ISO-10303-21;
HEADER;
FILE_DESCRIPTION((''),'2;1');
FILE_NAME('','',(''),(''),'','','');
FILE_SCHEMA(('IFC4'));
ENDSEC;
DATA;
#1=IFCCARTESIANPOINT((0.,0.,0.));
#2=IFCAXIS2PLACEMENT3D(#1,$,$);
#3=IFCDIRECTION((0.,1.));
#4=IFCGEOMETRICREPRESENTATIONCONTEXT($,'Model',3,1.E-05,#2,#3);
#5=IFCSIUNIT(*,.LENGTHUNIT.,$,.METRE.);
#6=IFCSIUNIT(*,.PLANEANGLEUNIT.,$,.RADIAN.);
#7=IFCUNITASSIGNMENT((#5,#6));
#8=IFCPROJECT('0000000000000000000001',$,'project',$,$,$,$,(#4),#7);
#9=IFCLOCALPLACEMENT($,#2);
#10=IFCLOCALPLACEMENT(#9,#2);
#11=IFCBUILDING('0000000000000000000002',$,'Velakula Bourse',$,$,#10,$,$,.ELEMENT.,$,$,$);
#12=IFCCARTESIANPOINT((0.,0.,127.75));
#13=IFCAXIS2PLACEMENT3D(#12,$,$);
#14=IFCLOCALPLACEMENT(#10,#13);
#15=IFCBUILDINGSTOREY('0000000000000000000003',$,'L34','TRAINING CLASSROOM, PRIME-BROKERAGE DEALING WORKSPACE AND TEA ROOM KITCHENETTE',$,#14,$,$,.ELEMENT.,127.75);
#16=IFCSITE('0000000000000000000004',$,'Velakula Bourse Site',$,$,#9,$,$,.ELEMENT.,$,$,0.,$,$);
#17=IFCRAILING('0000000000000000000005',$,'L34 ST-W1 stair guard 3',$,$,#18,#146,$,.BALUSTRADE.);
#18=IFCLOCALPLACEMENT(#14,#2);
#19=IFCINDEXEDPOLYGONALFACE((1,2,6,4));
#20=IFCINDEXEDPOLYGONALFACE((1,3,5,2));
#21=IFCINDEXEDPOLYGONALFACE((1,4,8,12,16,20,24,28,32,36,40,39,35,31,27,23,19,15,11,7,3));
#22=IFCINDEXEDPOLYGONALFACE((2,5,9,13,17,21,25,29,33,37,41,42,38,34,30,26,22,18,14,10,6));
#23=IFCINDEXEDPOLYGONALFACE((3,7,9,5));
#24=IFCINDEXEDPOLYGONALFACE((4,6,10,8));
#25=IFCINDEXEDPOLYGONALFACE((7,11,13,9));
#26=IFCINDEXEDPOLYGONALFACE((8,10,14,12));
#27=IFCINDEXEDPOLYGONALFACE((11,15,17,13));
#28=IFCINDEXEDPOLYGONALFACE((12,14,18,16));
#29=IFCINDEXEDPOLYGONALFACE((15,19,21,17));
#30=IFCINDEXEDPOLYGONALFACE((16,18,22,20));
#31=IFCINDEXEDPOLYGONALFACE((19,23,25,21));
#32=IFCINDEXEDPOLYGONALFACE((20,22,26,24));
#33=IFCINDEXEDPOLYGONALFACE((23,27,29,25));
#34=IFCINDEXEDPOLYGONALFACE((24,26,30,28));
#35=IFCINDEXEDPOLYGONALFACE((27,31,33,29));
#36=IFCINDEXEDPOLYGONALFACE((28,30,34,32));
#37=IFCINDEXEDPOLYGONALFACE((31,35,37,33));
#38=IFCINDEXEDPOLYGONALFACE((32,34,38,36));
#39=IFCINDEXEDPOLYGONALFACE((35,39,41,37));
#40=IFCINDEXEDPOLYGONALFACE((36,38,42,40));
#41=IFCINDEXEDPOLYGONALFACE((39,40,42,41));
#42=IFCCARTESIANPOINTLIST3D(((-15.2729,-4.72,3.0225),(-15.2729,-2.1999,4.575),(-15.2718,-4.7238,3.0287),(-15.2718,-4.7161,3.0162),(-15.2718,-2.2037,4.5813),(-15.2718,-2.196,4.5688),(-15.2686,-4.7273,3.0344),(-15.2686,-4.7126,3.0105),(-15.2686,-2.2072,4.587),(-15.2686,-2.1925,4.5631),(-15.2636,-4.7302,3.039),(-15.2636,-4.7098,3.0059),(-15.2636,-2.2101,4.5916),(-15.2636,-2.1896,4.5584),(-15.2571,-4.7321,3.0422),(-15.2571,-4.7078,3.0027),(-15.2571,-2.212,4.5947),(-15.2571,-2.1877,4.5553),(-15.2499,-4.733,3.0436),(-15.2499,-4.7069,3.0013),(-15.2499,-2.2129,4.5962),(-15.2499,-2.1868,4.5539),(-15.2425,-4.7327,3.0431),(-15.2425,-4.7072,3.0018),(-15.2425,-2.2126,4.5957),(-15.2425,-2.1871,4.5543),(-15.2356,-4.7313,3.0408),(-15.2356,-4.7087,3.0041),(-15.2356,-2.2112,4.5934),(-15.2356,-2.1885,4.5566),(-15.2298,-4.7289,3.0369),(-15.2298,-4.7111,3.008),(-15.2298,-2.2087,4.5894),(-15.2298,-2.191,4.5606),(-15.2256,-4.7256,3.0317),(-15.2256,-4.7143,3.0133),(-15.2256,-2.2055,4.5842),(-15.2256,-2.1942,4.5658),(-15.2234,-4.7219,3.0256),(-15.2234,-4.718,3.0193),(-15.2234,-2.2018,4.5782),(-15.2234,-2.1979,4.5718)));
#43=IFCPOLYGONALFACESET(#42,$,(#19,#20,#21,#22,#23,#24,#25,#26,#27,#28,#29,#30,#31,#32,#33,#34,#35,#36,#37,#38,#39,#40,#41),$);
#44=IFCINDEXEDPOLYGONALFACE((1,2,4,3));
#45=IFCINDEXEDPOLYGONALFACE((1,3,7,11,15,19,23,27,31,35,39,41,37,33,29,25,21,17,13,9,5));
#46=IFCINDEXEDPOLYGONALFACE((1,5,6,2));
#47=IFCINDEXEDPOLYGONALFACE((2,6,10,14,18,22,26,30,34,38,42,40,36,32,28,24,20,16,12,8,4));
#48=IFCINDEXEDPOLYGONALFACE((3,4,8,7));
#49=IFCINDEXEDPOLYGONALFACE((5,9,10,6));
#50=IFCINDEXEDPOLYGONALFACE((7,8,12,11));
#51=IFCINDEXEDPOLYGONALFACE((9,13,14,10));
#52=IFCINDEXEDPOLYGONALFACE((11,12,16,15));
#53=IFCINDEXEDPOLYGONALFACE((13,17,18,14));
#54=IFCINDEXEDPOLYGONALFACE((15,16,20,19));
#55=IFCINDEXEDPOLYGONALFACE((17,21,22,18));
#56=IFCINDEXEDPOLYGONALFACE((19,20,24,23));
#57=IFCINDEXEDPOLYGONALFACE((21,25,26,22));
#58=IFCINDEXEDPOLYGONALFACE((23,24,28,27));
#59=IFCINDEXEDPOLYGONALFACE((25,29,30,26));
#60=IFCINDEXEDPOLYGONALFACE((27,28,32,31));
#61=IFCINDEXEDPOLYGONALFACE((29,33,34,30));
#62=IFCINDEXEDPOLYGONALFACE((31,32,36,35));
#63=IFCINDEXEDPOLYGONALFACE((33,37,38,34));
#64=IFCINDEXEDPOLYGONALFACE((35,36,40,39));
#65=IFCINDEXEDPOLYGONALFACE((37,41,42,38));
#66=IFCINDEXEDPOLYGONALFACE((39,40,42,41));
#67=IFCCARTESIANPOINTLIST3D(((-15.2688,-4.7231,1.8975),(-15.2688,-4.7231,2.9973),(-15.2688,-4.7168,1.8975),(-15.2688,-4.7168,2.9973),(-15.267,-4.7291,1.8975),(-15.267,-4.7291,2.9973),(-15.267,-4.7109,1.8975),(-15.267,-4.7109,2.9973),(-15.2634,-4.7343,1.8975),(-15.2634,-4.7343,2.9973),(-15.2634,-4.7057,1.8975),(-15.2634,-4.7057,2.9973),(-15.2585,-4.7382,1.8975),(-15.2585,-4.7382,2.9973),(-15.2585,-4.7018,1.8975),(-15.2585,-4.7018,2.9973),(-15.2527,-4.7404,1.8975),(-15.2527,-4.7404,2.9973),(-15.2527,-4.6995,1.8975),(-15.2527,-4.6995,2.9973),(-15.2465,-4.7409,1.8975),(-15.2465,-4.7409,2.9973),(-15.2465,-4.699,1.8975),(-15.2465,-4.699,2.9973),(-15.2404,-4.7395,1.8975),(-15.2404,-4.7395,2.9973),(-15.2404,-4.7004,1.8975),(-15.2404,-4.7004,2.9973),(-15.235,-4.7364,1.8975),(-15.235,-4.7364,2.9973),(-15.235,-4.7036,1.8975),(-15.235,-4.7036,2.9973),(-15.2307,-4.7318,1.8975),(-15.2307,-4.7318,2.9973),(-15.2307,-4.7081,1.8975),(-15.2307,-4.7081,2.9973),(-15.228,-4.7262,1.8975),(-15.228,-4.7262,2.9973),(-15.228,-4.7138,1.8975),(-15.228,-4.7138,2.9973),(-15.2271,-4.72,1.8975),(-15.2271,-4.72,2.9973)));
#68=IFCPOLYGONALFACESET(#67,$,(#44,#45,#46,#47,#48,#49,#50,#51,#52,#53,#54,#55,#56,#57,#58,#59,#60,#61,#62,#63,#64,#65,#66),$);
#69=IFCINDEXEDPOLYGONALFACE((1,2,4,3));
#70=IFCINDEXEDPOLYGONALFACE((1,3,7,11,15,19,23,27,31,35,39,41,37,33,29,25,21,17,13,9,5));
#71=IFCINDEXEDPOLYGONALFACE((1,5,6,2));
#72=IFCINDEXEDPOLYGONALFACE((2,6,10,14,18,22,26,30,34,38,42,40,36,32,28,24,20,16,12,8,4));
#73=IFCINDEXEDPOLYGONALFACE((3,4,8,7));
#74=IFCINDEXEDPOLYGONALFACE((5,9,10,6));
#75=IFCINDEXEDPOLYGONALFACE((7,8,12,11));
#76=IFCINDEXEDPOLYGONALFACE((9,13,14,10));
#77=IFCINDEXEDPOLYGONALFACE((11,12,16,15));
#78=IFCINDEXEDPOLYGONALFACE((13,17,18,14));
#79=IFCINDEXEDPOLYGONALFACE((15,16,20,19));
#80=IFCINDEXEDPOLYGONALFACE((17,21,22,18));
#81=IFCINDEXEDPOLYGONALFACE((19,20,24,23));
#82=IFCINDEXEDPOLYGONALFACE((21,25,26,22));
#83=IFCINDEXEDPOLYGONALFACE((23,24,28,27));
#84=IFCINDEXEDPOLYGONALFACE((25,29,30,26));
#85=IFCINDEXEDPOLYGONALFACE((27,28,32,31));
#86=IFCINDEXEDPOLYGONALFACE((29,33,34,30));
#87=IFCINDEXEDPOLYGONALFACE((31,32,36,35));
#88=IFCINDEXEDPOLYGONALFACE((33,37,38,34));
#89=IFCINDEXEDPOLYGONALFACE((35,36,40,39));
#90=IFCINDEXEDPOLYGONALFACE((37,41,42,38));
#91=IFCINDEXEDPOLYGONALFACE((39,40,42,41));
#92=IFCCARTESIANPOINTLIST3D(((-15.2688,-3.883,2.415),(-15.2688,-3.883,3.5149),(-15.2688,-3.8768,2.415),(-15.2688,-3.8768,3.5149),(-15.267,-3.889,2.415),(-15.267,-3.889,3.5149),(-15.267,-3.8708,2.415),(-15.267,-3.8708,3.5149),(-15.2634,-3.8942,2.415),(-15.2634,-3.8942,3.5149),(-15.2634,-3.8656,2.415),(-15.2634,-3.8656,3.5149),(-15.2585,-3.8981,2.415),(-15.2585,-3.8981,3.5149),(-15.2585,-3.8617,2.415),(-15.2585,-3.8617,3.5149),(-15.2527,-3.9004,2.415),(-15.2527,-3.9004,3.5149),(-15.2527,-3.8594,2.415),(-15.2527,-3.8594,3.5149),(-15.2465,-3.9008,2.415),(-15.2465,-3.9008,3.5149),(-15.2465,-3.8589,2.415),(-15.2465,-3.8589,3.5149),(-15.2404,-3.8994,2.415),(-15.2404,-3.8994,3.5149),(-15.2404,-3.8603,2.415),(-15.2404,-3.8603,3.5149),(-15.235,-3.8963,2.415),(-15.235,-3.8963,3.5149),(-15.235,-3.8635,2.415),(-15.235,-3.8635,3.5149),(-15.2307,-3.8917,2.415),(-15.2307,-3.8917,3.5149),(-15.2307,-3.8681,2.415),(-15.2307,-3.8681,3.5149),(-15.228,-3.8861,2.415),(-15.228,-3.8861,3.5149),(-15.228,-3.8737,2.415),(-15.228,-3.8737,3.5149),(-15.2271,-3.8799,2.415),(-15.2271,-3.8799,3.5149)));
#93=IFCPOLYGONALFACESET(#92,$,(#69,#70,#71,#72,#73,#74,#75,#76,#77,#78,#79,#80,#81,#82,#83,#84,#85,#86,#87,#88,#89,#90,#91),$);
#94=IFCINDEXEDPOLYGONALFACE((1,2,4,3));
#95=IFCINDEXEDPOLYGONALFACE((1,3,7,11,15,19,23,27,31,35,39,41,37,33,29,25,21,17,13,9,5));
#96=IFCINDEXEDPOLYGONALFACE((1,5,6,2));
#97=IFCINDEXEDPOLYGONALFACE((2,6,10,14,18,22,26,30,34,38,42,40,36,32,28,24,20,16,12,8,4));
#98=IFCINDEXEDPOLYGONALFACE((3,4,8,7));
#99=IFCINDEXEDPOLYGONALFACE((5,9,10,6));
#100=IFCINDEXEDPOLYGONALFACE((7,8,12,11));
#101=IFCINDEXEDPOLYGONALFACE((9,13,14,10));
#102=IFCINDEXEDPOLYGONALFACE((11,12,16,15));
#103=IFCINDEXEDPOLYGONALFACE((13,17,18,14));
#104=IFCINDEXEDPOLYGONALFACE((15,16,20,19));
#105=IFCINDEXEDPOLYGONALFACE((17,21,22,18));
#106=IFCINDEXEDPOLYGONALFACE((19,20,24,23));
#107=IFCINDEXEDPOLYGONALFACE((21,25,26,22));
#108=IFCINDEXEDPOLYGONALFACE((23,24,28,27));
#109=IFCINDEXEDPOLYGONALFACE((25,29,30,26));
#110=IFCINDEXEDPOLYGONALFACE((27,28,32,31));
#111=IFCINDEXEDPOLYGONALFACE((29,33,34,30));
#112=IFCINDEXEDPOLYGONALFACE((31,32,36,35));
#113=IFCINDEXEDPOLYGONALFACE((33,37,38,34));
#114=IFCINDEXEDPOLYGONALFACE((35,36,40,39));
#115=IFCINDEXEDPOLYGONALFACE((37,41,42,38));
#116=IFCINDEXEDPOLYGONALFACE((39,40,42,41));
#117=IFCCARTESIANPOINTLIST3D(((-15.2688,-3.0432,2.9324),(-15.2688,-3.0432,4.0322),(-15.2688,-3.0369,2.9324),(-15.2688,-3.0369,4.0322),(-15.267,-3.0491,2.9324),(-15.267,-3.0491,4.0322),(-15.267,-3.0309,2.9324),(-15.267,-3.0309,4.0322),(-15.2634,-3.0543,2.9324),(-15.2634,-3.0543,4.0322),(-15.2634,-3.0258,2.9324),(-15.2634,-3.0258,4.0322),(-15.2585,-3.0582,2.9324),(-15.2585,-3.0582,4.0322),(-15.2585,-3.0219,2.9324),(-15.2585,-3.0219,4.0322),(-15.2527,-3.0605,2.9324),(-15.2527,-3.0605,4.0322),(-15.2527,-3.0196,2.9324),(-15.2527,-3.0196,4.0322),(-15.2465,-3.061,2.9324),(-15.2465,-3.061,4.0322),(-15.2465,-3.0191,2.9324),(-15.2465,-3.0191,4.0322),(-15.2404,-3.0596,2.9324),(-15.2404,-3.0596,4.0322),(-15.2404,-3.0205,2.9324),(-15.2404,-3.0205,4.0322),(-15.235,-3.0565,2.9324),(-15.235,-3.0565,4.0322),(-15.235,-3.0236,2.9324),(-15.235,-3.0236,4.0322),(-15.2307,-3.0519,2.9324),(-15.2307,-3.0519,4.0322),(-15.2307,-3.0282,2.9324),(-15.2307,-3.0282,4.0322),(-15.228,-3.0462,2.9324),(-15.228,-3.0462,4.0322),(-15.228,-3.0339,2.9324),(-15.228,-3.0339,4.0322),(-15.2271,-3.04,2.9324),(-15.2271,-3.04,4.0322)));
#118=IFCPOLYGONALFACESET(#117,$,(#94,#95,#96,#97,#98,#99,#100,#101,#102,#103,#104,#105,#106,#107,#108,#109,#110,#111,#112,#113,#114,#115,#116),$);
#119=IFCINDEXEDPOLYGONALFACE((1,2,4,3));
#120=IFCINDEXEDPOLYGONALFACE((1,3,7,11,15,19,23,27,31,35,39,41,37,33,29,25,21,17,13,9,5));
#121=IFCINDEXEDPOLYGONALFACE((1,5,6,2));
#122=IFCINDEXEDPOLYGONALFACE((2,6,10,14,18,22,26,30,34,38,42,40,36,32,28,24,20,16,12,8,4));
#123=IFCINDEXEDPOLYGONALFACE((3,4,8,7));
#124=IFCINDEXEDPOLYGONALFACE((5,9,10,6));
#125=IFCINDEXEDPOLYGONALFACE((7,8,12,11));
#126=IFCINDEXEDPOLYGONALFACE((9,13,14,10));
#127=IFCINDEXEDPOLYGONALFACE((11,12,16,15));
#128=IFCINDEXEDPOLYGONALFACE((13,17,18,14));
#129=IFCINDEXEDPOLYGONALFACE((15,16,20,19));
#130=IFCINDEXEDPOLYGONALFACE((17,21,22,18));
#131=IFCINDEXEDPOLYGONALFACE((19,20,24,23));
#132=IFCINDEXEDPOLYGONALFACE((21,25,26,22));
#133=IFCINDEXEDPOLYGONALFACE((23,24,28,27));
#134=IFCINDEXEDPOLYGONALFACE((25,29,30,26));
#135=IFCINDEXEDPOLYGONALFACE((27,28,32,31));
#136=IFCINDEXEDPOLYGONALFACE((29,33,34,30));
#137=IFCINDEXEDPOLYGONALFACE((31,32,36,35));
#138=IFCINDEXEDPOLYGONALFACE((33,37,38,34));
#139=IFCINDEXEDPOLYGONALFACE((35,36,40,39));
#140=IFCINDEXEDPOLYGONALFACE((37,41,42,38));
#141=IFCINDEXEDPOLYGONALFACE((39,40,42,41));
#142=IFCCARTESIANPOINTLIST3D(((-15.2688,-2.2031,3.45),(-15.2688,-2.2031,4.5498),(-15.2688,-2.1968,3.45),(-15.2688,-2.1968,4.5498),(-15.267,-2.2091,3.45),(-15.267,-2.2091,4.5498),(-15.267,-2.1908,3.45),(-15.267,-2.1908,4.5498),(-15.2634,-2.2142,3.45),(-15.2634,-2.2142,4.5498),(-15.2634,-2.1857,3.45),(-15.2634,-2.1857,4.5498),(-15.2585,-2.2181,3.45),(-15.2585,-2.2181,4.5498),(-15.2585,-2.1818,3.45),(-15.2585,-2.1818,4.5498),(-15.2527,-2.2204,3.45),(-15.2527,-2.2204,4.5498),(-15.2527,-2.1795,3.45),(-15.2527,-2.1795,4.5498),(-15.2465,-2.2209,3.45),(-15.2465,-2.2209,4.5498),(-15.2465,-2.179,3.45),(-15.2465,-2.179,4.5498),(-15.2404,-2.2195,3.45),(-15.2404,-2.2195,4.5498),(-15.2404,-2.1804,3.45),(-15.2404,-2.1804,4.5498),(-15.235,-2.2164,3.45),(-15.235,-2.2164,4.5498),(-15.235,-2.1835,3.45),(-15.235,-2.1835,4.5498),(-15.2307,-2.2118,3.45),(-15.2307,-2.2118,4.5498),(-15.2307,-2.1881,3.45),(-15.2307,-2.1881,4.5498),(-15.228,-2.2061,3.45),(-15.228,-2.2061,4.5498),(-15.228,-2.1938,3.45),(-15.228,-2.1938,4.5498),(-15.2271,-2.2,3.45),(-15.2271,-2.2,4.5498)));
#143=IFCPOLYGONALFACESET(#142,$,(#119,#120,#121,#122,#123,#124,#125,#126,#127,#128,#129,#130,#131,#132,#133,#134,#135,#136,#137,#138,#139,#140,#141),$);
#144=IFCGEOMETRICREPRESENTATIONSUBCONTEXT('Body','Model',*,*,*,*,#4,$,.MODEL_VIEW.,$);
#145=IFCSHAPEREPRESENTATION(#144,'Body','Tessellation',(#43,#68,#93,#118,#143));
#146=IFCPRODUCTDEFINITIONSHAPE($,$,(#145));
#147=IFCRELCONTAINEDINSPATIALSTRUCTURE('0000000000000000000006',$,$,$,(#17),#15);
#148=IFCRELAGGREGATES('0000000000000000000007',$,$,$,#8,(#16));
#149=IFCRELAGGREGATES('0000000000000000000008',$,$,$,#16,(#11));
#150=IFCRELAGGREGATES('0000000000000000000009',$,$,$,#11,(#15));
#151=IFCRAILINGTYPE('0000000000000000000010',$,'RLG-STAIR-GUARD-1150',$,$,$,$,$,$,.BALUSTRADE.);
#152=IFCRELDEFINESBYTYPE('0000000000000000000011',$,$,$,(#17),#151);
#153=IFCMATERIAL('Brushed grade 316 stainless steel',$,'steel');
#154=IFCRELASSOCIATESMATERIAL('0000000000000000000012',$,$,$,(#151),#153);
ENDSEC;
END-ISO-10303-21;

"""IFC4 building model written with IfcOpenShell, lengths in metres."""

from ifc_helpers import new_model, si_unit, direction, frame, origin, origin_2d, place, context, subcontext, project, spatial, circle, extrude, material, type_object, element, save


model = new_model("IFC4")

# Units and contexts
model_context = context("Model", 3, precision=1e-05, world=origin(), true_north=direction((0.0, 1.0)))
body_context = subcontext(model_context, "Body", "Model", "MODEL_VIEW")
ifc_project = project(units=[si_unit("LENGTHUNIT", "METRE"), si_unit("PLANEANGLEUNIT", "RADIAN")], contexts=[model_context])

# Site, building, storey
site_placement = place(None, origin())
site = spatial("IfcSite", under=ifc_project, at=site_placement, Name="Velakula Bourse Site", CompositionType="ELEMENT", RefElevation=0.0)
building_placement = place(site_placement, origin())
building = spatial("IfcBuilding", under=site, at=building_placement, Name="Velakula Bourse", CompositionType="ELEMENT")
storey_placement = place(building_placement, frame((0.0, 0.0, 127.75)))
storey = spatial("IfcBuildingStorey", under=building, at=storey_placement, Name="L34", Description="TRAINING CLASSROOM, PRIME-BROKERAGE DEALING WORKSPACE AND TEA ROOM KITCHENETTE", CompositionType="ELEMENT", Elevation=127.75)

# Shared definitions
ifc_material_1 = material(Name="Brushed grade 316 stainless steel", Category="steel")

# Railing
railing_type_1 = type_object("IfcRailingType", Name="RLG-STAIR-GUARD-1150", PredefinedType="BALUSTRADE", material=ifc_material_1)
railing_1_placement = place(storey_placement, frame((-15.248, -4.72, 1.8975)))
element("IfcRailing", 1, at=railing_1_placement, inside=storey, type_object=railing_type_1, Name="L34 ST-W1 stair guard 3", PredefinedType="BALUSTRADE", context=body_context, shape_type="SweptSolid", body=[
    extrude(circle(Radius=0.0249, at=origin_2d()), frame((0.0, 0.0, 1.125), z_axis=(0.0, 0.8514, 0.524516), x_axis=(-1.0, 0.0, 0.0)), (0.0, 0.0, 1.0), 2.96),
    extrude(circle(Radius=0.021, at=origin_2d()), origin(), (0.0, 0.0, 1.0), 1.0999),
    extrude(circle(Radius=0.021, at=origin_2d()), frame((0.0, 0.8401, 0.5176)), (0.0, 0.0, 1.0), 1.0999),
    extrude(circle(Radius=0.021, at=origin_2d()), frame((0.0, 1.6799, 1.0349)), (0.0, 0.0, 1.0), 1.0999),
    extrude(circle(Radius=0.021, at=origin_2d()), frame((0.0, 2.52, 1.5525)), (0.0, 0.0, 1.0), 1.0999),
])

save(model, "model.ifc")
